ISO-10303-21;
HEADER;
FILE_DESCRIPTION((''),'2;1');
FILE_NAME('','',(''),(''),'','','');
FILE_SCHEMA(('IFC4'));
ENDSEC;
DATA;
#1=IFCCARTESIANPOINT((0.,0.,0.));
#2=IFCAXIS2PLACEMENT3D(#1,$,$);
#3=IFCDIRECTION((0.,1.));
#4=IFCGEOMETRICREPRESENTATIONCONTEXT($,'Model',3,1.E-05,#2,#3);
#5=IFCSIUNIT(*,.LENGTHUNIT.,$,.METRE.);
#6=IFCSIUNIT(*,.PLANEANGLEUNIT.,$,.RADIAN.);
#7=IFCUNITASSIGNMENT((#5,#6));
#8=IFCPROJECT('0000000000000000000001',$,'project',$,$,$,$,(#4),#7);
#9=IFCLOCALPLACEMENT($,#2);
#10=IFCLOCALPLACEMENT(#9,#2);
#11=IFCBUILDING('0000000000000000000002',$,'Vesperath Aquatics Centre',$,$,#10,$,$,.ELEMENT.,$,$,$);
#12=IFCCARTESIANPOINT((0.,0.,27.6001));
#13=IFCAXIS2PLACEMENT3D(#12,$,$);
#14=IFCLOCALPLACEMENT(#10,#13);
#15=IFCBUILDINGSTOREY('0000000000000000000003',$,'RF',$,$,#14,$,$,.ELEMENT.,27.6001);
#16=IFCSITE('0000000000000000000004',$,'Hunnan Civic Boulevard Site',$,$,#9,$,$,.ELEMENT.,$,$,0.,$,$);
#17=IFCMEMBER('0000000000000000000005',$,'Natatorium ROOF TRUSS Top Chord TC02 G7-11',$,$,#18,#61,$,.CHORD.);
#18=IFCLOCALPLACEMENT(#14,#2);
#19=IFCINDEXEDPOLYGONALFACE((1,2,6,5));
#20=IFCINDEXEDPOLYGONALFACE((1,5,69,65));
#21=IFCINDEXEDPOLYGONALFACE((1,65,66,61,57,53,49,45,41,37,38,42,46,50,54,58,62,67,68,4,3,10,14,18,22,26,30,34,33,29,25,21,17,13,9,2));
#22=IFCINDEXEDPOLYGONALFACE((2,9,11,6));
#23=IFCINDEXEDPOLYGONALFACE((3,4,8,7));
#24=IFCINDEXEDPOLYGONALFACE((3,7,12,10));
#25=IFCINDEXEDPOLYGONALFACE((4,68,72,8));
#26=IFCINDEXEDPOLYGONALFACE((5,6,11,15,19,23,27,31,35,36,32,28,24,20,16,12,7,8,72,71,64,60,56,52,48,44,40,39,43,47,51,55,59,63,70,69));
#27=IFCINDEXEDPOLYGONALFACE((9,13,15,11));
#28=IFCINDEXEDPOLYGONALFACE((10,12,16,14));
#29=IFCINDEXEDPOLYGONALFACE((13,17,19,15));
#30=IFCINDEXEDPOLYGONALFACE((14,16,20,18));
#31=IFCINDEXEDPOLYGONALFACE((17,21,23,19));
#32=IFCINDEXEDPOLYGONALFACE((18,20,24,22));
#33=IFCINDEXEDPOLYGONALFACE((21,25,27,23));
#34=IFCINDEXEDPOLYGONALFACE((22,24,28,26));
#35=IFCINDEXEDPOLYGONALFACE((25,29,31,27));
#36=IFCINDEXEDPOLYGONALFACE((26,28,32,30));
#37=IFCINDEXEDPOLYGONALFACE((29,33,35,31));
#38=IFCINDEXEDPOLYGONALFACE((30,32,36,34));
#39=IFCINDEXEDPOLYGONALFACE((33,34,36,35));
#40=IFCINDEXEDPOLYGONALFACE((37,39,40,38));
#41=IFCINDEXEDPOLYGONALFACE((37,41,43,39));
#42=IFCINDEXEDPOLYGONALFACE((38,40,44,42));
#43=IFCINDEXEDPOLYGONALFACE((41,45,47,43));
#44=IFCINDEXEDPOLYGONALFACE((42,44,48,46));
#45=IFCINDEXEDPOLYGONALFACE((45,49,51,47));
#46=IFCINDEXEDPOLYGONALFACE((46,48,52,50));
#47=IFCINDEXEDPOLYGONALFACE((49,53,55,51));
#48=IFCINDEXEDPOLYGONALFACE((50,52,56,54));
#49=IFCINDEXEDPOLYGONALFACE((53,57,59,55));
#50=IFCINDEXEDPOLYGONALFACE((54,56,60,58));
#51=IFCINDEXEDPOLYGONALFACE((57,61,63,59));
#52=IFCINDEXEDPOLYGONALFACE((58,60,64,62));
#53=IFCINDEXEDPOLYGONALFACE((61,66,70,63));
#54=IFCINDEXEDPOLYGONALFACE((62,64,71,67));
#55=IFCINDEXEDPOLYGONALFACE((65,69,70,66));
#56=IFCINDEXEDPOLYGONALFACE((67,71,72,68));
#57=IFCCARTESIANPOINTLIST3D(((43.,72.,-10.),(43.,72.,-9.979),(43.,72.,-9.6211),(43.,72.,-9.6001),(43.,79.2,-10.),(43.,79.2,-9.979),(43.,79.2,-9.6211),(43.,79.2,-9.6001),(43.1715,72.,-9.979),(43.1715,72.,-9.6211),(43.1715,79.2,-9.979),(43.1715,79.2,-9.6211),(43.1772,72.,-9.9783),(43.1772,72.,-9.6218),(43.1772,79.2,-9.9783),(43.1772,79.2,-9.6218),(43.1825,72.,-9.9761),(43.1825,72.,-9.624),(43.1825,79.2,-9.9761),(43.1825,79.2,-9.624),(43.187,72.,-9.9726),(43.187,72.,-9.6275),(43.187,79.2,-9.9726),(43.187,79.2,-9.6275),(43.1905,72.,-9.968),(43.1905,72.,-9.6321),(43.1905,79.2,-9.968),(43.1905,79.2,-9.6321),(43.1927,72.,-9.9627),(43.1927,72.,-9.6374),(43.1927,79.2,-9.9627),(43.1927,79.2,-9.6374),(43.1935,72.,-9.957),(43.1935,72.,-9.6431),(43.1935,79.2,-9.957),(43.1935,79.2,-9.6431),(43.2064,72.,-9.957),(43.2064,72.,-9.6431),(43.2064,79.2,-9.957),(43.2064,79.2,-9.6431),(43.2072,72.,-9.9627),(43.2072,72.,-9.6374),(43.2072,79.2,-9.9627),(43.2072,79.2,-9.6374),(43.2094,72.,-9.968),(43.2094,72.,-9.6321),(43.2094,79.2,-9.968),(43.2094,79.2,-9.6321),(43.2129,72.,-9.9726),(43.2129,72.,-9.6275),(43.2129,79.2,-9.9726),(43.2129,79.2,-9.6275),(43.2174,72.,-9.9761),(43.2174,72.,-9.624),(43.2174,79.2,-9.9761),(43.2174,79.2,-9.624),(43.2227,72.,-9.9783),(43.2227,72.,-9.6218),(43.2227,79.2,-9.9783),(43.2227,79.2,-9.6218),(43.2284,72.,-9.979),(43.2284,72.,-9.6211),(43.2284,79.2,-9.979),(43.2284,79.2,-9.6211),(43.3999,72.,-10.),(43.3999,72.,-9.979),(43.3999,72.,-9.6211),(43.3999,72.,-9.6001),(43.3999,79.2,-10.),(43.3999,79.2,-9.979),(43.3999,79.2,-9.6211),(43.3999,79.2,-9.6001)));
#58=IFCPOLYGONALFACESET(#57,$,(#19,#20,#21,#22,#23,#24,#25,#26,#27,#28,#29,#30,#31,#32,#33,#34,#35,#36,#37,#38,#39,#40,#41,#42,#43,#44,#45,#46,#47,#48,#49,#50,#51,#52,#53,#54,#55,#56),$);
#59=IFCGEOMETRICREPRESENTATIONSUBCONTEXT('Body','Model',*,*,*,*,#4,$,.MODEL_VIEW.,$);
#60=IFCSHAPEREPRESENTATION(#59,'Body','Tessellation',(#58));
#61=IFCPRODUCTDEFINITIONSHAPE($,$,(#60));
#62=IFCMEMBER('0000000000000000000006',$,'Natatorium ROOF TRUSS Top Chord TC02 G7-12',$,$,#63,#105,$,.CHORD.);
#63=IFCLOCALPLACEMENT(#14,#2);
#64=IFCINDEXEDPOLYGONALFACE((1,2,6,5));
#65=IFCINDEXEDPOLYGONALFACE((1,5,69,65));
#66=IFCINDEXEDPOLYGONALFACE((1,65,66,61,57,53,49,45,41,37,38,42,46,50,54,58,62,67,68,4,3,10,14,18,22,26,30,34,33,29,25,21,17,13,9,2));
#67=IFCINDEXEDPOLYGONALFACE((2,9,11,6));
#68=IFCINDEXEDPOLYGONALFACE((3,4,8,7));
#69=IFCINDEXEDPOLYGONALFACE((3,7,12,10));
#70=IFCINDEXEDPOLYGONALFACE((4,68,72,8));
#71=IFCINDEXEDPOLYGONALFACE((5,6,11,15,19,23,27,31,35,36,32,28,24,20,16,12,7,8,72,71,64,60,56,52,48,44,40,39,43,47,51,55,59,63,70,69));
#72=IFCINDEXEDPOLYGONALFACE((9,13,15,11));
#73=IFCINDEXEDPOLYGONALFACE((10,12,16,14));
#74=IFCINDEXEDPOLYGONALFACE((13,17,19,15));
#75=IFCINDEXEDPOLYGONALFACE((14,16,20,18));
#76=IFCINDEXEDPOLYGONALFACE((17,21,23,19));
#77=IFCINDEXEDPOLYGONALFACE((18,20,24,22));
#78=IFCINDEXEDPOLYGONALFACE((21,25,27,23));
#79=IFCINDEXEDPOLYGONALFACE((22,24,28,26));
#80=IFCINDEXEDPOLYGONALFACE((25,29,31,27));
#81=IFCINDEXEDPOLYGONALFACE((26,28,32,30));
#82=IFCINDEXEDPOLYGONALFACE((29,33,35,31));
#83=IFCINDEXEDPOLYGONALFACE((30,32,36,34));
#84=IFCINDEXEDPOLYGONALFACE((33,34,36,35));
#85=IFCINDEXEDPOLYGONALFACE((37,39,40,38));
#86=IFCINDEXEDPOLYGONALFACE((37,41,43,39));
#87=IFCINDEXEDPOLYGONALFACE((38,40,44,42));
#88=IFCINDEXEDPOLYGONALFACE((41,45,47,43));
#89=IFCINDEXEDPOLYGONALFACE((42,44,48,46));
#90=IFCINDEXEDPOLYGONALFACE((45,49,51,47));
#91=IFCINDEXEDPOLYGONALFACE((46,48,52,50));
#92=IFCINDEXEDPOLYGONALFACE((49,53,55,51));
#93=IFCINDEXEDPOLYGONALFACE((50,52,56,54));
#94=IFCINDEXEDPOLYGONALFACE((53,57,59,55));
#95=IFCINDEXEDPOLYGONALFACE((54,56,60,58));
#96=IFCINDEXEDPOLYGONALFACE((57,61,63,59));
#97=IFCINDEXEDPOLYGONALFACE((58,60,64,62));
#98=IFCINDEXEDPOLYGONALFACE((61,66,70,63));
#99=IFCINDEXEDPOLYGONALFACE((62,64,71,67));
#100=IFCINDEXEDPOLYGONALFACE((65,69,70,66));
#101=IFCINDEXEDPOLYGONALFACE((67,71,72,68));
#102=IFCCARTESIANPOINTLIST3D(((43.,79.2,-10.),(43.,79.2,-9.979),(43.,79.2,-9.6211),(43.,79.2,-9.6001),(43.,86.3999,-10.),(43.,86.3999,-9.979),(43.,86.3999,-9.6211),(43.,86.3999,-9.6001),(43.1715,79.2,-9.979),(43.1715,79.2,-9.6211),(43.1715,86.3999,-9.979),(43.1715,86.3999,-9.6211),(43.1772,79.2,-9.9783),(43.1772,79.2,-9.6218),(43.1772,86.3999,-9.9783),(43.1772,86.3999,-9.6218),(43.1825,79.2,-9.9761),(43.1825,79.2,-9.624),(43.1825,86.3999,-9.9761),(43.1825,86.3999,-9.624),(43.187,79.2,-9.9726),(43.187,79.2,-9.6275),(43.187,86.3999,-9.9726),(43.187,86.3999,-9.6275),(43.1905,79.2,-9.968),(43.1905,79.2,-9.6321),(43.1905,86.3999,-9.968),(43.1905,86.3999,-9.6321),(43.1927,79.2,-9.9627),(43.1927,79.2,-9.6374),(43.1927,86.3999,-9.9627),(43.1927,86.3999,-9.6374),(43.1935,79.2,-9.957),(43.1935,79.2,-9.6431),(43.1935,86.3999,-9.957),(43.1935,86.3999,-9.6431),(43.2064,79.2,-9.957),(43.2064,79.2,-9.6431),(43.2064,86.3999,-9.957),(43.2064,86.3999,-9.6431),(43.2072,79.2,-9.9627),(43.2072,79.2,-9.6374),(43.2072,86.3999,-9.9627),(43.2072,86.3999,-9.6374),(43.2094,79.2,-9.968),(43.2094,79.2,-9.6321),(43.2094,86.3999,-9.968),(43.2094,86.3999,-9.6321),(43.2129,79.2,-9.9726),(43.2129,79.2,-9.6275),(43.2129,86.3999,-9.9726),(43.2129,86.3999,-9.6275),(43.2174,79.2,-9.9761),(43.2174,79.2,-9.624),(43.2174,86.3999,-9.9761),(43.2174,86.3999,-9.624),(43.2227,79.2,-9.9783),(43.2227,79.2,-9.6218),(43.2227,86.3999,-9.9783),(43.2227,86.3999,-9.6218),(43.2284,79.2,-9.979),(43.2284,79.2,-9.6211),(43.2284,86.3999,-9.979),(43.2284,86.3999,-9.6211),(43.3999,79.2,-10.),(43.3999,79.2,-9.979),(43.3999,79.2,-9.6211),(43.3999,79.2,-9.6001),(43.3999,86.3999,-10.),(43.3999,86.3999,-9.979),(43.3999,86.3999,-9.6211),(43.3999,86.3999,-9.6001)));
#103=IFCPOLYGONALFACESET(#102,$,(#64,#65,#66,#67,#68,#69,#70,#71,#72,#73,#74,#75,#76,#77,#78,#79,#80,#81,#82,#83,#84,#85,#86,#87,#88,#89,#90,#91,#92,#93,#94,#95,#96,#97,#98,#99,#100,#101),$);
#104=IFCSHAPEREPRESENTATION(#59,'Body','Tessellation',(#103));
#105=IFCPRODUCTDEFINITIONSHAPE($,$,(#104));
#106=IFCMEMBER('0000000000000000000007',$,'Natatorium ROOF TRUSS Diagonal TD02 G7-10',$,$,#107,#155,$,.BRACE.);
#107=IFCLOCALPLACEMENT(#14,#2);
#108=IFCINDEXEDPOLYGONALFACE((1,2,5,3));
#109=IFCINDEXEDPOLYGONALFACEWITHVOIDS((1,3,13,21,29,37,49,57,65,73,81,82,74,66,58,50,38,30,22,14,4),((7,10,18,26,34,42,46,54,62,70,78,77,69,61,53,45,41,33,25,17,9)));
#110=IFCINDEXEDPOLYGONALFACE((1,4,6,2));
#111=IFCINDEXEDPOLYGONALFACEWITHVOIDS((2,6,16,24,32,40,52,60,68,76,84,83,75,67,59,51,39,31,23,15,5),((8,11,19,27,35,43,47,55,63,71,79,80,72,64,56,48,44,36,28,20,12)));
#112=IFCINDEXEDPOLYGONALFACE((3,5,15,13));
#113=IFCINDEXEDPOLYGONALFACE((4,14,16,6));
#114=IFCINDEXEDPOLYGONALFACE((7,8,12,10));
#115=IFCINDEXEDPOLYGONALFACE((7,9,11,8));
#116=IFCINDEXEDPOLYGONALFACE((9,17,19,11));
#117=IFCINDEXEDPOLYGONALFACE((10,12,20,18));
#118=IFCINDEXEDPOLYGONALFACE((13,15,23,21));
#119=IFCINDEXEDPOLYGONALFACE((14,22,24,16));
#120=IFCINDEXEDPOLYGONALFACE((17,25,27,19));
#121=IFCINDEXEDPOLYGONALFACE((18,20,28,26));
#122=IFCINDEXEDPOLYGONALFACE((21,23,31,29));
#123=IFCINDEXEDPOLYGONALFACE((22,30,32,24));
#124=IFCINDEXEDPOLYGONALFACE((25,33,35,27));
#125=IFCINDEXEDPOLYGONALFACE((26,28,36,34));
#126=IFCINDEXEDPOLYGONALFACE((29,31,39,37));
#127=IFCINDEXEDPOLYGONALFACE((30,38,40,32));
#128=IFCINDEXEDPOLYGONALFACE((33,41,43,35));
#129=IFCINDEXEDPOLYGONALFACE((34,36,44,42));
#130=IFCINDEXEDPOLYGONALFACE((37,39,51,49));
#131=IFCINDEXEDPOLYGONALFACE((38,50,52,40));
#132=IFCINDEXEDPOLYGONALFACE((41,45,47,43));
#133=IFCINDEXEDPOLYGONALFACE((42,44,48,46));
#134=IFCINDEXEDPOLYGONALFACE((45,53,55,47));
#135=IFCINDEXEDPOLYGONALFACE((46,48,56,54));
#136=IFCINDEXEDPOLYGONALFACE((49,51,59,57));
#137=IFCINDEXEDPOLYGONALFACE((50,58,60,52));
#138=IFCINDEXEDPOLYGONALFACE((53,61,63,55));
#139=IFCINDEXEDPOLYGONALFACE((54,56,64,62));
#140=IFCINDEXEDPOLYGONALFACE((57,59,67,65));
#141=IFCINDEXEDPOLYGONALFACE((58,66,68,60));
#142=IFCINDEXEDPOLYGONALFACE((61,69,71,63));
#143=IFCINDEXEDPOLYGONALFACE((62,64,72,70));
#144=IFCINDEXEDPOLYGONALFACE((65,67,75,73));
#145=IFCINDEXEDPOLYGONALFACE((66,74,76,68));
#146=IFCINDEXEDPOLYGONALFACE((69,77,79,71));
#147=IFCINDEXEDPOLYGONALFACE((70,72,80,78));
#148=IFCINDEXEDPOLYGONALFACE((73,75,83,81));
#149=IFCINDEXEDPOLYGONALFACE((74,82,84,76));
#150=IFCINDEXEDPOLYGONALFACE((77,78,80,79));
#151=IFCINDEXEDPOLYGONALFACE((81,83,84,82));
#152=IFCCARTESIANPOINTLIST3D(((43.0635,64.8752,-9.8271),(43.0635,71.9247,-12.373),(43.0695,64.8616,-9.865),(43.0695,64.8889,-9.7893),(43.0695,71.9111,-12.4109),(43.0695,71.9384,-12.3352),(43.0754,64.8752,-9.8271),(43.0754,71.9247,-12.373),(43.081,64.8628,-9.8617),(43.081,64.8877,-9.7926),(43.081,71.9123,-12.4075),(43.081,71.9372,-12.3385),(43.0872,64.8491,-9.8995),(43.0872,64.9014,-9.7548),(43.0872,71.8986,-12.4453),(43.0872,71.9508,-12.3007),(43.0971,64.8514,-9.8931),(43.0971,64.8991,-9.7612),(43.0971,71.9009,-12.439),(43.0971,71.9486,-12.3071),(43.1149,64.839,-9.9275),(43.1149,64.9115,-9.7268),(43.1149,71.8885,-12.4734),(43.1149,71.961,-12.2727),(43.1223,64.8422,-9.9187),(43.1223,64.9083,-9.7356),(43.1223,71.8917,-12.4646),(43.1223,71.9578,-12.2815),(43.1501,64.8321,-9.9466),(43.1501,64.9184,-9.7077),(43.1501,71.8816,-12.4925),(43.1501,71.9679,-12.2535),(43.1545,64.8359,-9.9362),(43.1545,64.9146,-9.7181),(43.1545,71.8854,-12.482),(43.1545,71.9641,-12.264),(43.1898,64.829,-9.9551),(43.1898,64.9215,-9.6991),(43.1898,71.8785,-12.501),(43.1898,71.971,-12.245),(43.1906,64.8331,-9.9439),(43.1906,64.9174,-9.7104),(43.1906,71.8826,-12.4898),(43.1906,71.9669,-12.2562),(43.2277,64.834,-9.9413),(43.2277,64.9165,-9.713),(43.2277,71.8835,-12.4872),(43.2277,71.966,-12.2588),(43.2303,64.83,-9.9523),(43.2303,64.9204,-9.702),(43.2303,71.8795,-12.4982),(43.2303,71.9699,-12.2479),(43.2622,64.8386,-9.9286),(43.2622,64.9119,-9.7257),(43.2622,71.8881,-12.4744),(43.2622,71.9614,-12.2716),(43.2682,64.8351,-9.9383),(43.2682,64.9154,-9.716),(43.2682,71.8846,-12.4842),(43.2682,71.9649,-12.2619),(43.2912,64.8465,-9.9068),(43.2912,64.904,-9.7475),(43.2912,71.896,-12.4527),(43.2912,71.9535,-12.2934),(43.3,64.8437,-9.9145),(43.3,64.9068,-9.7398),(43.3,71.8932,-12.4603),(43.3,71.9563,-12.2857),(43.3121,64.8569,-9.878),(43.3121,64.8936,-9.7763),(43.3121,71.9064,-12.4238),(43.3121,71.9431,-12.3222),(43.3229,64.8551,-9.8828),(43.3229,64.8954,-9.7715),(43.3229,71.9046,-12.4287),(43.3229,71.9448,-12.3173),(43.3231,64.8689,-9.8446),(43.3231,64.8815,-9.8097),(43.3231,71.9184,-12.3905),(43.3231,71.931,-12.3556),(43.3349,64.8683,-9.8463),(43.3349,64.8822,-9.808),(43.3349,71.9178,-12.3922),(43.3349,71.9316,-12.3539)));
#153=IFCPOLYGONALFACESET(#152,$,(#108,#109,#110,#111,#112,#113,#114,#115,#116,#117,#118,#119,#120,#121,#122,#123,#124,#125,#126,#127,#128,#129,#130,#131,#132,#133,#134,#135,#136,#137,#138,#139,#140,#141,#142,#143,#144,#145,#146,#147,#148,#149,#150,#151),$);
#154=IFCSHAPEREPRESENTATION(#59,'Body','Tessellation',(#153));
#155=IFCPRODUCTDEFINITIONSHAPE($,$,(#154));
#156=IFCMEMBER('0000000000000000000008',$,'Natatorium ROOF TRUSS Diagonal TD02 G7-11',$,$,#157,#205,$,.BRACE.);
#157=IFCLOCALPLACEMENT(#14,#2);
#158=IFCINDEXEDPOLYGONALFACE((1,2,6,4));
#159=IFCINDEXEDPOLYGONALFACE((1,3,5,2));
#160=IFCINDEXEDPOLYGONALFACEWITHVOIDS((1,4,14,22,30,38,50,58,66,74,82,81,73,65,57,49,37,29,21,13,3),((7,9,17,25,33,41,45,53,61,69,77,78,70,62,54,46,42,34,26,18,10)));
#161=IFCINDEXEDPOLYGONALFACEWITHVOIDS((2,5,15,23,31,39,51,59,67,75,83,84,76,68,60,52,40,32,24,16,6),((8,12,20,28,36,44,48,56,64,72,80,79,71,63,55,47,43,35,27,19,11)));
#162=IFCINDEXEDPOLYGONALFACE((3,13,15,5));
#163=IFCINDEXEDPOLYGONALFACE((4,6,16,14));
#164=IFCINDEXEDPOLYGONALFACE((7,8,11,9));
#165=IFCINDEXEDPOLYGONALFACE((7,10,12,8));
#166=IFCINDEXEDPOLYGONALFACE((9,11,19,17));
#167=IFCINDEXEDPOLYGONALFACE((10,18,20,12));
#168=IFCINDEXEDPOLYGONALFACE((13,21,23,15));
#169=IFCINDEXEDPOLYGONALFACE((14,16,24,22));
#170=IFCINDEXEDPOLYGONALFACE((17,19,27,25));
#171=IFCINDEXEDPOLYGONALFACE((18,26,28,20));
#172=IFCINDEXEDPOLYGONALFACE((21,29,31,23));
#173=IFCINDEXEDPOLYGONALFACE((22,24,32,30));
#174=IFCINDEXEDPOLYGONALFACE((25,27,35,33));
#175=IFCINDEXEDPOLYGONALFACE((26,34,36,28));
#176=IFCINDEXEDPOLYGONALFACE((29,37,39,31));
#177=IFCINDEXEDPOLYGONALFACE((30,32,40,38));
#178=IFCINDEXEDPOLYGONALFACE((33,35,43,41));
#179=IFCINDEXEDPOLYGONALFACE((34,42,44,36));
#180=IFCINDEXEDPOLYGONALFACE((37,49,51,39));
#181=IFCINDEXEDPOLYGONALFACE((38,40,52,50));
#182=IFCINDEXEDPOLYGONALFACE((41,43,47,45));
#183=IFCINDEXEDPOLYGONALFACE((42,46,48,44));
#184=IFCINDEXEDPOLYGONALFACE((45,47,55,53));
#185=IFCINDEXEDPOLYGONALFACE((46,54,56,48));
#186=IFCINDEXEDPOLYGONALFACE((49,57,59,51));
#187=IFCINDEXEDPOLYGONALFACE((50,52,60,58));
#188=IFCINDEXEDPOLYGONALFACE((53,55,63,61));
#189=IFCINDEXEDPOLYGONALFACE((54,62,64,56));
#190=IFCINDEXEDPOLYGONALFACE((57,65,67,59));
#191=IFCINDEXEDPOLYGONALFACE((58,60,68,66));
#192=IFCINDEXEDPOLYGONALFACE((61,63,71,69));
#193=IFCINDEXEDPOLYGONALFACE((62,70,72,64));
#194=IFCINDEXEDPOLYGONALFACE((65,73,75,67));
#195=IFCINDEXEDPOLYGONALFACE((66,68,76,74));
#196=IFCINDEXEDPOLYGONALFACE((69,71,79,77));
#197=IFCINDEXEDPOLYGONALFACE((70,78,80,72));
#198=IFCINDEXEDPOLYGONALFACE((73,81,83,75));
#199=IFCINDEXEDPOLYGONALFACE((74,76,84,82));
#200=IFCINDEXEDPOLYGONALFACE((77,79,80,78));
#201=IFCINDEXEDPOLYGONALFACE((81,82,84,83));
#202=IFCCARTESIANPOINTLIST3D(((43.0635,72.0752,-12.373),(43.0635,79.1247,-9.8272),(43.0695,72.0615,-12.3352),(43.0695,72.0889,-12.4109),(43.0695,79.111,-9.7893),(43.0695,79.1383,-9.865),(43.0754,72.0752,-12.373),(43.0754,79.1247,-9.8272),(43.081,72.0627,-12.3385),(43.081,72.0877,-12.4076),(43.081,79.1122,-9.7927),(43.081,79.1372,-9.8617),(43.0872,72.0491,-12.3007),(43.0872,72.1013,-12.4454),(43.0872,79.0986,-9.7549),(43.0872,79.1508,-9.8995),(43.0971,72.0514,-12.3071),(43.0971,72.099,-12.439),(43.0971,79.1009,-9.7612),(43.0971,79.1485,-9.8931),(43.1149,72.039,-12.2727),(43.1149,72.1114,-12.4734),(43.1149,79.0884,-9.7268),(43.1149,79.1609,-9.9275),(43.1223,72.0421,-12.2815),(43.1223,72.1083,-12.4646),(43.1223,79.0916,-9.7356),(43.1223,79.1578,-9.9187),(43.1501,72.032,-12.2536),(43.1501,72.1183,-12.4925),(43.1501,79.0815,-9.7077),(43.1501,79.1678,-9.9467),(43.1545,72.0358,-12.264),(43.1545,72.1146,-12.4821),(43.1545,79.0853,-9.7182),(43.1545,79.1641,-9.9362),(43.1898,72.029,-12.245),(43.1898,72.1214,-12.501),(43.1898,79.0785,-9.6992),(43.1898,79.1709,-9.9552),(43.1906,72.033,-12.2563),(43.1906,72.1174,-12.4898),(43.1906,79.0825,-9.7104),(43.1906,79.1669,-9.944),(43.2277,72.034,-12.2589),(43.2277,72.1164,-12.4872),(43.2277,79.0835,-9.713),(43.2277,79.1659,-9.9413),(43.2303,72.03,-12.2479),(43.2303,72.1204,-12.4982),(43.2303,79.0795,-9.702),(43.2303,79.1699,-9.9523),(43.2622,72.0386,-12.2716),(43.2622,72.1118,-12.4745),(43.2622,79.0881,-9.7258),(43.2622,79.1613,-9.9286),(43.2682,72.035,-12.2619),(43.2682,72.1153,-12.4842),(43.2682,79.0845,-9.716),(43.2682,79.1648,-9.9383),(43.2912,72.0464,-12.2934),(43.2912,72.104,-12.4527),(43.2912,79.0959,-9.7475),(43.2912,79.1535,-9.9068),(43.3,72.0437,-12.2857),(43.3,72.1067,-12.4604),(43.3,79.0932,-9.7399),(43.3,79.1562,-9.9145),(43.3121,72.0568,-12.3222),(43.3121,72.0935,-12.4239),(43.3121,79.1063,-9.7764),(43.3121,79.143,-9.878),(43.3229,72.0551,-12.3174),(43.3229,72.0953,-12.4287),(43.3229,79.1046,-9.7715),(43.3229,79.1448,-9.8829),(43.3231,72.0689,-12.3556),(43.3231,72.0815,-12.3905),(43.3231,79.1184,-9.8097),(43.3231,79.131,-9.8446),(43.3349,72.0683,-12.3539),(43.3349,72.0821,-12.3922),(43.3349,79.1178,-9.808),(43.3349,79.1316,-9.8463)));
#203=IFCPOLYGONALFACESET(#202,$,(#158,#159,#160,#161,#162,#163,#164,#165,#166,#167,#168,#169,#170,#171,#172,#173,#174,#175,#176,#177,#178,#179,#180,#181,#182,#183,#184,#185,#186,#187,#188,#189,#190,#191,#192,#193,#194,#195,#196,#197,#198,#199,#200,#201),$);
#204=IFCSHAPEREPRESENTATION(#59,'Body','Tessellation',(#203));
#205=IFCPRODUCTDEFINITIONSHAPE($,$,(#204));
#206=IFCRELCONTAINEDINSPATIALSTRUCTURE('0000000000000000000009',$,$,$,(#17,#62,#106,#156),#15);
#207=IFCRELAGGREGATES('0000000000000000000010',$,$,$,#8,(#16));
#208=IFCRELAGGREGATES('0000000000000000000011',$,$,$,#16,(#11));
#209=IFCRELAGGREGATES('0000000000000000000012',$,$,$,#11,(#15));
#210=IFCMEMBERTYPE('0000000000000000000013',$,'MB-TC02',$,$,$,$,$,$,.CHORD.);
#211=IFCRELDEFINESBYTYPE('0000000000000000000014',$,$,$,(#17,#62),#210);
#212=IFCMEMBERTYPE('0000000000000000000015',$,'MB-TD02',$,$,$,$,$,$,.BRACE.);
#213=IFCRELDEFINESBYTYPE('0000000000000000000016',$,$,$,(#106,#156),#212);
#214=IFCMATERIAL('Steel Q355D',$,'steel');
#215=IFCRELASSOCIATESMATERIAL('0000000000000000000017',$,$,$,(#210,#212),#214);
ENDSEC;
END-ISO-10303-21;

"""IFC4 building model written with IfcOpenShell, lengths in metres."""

from ifc_helpers import new_model, si_unit, direction, frame, origin, origin_2d, place, context, subcontext, project, spatial, hollow_circle, i_section, extrude, material, material_profile, profile_set, type_object, element, save


model = new_model("IFC4")

# Units and contexts
model_context = context("Model", 3, precision=1e-05, world=origin(), true_north=direction((0.0, 1.0)))
body_context = subcontext(model_context, "Body", "Model", "MODEL_VIEW")
ifc_project = project(units=[si_unit("LENGTHUNIT", "METRE"), si_unit("PLANEANGLEUNIT", "RADIAN")], contexts=[model_context])

# Site, building, storey
site_placement = place(None, origin())
site = spatial("IfcSite", under=ifc_project, at=site_placement, Name="Hunnan Civic Boulevard Site", CompositionType="ELEMENT", RefElevation=0.0)
building_placement = place(site_placement, origin())
building = spatial("IfcBuilding", under=site, at=building_placement, Name="Vesperath Aquatics Centre", CompositionType="ELEMENT")
storey_placement = place(building_placement, frame((0.0, 0.0, 27.6001)))
storey = spatial("IfcBuildingStorey", under=building, at=storey_placement, Name="RF", CompositionType="ELEMENT", Elevation=27.6001)

# Members
ifc_material_1 = material(Name="Steel Q355D", Category="steel")
ifc_material_profile_1 = material_profile(ifc_material_1, i_section(OverallWidth=0.3999, OverallDepth=0.3999, WebThickness=0.0129, FlangeThickness=0.021, FilletRadius=0.022, at=origin_2d()), Name="HW 400x400x13x21")
ifc_profile_set_1 = profile_set([ifc_material_profile_1], Name="Steel Q355D")
member_type_1 = type_object("IfcMemberType", Name="MB-TC02", PredefinedType="CHORD", material=ifc_profile_set_1)
for number, where, z_axis, x_axis, name in (
    (1, (43.2, 72.0, -9.8), (0.0, 1.0, 0.0), (-1.0, 0.0, 0.0), "Natatorium ROOF TRUSS Top Chord TC02 G7-11"),
    (2, (43.2, 79.2, -9.8), (0.0, 1.0, 0.0), (-1.0, 0.0, 0.0), "Natatorium ROOF TRUSS Top Chord TC02 G7-12"),
):
    element("IfcMember", number, at=place(storey_placement, frame(where, z_axis=z_axis, x_axis=x_axis)), inside=storey, type_object=member_type_1, Name=name, PredefinedType="CHORD", context=body_context, shape_type="SweptSolid", body=[
        extrude(i_section(OverallWidth=0.3999, OverallDepth=0.3999, WebThickness=0.0129, FlangeThickness=0.021, FilletRadius=0.022, at=origin_2d()), origin(), (0.0, 0.0, 1.0), 7.2),
    ])
ifc_material_profile_2 = material_profile(ifc_material_1, hollow_circle(Radius=0.1365, WallThickness=0.012, at=origin_2d()), Name="CHS 273.0x12")
ifc_profile_set_2 = profile_set([ifc_material_profile_2], Name="Steel Q355D")
member_type_2 = type_object("IfcMemberType", Name="MB-TD02", PredefinedType="BRACE", material=ifc_profile_set_2)
for number, where, z_axis, x_axis, name in (
    (3, (43.2, 64.8752, -9.8271), (0.0, 0.940544, -0.339671), (-1.0, 0.0, 0.0), "Natatorium ROOF TRUSS Diagonal TD02 G7-10"),
    (4, (43.2, 72.0752, -12.373), (0.0, 0.940544, 0.339671), (-1.0, 0.0, 0.0), "Natatorium ROOF TRUSS Diagonal TD02 G7-11"),
):
    element("IfcMember", number, at=place(storey_placement, frame(where, z_axis=z_axis, x_axis=x_axis)), inside=storey, type_object=member_type_2, Name=name, PredefinedType="BRACE", context=body_context, shape_type="SweptSolid", body=[
        extrude(hollow_circle(Radius=0.1365, WallThickness=0.012, at=origin_2d()), origin(), (0.0, 0.0, 1.0), 7.4951),
    ])

save(model, "model.ifc")
